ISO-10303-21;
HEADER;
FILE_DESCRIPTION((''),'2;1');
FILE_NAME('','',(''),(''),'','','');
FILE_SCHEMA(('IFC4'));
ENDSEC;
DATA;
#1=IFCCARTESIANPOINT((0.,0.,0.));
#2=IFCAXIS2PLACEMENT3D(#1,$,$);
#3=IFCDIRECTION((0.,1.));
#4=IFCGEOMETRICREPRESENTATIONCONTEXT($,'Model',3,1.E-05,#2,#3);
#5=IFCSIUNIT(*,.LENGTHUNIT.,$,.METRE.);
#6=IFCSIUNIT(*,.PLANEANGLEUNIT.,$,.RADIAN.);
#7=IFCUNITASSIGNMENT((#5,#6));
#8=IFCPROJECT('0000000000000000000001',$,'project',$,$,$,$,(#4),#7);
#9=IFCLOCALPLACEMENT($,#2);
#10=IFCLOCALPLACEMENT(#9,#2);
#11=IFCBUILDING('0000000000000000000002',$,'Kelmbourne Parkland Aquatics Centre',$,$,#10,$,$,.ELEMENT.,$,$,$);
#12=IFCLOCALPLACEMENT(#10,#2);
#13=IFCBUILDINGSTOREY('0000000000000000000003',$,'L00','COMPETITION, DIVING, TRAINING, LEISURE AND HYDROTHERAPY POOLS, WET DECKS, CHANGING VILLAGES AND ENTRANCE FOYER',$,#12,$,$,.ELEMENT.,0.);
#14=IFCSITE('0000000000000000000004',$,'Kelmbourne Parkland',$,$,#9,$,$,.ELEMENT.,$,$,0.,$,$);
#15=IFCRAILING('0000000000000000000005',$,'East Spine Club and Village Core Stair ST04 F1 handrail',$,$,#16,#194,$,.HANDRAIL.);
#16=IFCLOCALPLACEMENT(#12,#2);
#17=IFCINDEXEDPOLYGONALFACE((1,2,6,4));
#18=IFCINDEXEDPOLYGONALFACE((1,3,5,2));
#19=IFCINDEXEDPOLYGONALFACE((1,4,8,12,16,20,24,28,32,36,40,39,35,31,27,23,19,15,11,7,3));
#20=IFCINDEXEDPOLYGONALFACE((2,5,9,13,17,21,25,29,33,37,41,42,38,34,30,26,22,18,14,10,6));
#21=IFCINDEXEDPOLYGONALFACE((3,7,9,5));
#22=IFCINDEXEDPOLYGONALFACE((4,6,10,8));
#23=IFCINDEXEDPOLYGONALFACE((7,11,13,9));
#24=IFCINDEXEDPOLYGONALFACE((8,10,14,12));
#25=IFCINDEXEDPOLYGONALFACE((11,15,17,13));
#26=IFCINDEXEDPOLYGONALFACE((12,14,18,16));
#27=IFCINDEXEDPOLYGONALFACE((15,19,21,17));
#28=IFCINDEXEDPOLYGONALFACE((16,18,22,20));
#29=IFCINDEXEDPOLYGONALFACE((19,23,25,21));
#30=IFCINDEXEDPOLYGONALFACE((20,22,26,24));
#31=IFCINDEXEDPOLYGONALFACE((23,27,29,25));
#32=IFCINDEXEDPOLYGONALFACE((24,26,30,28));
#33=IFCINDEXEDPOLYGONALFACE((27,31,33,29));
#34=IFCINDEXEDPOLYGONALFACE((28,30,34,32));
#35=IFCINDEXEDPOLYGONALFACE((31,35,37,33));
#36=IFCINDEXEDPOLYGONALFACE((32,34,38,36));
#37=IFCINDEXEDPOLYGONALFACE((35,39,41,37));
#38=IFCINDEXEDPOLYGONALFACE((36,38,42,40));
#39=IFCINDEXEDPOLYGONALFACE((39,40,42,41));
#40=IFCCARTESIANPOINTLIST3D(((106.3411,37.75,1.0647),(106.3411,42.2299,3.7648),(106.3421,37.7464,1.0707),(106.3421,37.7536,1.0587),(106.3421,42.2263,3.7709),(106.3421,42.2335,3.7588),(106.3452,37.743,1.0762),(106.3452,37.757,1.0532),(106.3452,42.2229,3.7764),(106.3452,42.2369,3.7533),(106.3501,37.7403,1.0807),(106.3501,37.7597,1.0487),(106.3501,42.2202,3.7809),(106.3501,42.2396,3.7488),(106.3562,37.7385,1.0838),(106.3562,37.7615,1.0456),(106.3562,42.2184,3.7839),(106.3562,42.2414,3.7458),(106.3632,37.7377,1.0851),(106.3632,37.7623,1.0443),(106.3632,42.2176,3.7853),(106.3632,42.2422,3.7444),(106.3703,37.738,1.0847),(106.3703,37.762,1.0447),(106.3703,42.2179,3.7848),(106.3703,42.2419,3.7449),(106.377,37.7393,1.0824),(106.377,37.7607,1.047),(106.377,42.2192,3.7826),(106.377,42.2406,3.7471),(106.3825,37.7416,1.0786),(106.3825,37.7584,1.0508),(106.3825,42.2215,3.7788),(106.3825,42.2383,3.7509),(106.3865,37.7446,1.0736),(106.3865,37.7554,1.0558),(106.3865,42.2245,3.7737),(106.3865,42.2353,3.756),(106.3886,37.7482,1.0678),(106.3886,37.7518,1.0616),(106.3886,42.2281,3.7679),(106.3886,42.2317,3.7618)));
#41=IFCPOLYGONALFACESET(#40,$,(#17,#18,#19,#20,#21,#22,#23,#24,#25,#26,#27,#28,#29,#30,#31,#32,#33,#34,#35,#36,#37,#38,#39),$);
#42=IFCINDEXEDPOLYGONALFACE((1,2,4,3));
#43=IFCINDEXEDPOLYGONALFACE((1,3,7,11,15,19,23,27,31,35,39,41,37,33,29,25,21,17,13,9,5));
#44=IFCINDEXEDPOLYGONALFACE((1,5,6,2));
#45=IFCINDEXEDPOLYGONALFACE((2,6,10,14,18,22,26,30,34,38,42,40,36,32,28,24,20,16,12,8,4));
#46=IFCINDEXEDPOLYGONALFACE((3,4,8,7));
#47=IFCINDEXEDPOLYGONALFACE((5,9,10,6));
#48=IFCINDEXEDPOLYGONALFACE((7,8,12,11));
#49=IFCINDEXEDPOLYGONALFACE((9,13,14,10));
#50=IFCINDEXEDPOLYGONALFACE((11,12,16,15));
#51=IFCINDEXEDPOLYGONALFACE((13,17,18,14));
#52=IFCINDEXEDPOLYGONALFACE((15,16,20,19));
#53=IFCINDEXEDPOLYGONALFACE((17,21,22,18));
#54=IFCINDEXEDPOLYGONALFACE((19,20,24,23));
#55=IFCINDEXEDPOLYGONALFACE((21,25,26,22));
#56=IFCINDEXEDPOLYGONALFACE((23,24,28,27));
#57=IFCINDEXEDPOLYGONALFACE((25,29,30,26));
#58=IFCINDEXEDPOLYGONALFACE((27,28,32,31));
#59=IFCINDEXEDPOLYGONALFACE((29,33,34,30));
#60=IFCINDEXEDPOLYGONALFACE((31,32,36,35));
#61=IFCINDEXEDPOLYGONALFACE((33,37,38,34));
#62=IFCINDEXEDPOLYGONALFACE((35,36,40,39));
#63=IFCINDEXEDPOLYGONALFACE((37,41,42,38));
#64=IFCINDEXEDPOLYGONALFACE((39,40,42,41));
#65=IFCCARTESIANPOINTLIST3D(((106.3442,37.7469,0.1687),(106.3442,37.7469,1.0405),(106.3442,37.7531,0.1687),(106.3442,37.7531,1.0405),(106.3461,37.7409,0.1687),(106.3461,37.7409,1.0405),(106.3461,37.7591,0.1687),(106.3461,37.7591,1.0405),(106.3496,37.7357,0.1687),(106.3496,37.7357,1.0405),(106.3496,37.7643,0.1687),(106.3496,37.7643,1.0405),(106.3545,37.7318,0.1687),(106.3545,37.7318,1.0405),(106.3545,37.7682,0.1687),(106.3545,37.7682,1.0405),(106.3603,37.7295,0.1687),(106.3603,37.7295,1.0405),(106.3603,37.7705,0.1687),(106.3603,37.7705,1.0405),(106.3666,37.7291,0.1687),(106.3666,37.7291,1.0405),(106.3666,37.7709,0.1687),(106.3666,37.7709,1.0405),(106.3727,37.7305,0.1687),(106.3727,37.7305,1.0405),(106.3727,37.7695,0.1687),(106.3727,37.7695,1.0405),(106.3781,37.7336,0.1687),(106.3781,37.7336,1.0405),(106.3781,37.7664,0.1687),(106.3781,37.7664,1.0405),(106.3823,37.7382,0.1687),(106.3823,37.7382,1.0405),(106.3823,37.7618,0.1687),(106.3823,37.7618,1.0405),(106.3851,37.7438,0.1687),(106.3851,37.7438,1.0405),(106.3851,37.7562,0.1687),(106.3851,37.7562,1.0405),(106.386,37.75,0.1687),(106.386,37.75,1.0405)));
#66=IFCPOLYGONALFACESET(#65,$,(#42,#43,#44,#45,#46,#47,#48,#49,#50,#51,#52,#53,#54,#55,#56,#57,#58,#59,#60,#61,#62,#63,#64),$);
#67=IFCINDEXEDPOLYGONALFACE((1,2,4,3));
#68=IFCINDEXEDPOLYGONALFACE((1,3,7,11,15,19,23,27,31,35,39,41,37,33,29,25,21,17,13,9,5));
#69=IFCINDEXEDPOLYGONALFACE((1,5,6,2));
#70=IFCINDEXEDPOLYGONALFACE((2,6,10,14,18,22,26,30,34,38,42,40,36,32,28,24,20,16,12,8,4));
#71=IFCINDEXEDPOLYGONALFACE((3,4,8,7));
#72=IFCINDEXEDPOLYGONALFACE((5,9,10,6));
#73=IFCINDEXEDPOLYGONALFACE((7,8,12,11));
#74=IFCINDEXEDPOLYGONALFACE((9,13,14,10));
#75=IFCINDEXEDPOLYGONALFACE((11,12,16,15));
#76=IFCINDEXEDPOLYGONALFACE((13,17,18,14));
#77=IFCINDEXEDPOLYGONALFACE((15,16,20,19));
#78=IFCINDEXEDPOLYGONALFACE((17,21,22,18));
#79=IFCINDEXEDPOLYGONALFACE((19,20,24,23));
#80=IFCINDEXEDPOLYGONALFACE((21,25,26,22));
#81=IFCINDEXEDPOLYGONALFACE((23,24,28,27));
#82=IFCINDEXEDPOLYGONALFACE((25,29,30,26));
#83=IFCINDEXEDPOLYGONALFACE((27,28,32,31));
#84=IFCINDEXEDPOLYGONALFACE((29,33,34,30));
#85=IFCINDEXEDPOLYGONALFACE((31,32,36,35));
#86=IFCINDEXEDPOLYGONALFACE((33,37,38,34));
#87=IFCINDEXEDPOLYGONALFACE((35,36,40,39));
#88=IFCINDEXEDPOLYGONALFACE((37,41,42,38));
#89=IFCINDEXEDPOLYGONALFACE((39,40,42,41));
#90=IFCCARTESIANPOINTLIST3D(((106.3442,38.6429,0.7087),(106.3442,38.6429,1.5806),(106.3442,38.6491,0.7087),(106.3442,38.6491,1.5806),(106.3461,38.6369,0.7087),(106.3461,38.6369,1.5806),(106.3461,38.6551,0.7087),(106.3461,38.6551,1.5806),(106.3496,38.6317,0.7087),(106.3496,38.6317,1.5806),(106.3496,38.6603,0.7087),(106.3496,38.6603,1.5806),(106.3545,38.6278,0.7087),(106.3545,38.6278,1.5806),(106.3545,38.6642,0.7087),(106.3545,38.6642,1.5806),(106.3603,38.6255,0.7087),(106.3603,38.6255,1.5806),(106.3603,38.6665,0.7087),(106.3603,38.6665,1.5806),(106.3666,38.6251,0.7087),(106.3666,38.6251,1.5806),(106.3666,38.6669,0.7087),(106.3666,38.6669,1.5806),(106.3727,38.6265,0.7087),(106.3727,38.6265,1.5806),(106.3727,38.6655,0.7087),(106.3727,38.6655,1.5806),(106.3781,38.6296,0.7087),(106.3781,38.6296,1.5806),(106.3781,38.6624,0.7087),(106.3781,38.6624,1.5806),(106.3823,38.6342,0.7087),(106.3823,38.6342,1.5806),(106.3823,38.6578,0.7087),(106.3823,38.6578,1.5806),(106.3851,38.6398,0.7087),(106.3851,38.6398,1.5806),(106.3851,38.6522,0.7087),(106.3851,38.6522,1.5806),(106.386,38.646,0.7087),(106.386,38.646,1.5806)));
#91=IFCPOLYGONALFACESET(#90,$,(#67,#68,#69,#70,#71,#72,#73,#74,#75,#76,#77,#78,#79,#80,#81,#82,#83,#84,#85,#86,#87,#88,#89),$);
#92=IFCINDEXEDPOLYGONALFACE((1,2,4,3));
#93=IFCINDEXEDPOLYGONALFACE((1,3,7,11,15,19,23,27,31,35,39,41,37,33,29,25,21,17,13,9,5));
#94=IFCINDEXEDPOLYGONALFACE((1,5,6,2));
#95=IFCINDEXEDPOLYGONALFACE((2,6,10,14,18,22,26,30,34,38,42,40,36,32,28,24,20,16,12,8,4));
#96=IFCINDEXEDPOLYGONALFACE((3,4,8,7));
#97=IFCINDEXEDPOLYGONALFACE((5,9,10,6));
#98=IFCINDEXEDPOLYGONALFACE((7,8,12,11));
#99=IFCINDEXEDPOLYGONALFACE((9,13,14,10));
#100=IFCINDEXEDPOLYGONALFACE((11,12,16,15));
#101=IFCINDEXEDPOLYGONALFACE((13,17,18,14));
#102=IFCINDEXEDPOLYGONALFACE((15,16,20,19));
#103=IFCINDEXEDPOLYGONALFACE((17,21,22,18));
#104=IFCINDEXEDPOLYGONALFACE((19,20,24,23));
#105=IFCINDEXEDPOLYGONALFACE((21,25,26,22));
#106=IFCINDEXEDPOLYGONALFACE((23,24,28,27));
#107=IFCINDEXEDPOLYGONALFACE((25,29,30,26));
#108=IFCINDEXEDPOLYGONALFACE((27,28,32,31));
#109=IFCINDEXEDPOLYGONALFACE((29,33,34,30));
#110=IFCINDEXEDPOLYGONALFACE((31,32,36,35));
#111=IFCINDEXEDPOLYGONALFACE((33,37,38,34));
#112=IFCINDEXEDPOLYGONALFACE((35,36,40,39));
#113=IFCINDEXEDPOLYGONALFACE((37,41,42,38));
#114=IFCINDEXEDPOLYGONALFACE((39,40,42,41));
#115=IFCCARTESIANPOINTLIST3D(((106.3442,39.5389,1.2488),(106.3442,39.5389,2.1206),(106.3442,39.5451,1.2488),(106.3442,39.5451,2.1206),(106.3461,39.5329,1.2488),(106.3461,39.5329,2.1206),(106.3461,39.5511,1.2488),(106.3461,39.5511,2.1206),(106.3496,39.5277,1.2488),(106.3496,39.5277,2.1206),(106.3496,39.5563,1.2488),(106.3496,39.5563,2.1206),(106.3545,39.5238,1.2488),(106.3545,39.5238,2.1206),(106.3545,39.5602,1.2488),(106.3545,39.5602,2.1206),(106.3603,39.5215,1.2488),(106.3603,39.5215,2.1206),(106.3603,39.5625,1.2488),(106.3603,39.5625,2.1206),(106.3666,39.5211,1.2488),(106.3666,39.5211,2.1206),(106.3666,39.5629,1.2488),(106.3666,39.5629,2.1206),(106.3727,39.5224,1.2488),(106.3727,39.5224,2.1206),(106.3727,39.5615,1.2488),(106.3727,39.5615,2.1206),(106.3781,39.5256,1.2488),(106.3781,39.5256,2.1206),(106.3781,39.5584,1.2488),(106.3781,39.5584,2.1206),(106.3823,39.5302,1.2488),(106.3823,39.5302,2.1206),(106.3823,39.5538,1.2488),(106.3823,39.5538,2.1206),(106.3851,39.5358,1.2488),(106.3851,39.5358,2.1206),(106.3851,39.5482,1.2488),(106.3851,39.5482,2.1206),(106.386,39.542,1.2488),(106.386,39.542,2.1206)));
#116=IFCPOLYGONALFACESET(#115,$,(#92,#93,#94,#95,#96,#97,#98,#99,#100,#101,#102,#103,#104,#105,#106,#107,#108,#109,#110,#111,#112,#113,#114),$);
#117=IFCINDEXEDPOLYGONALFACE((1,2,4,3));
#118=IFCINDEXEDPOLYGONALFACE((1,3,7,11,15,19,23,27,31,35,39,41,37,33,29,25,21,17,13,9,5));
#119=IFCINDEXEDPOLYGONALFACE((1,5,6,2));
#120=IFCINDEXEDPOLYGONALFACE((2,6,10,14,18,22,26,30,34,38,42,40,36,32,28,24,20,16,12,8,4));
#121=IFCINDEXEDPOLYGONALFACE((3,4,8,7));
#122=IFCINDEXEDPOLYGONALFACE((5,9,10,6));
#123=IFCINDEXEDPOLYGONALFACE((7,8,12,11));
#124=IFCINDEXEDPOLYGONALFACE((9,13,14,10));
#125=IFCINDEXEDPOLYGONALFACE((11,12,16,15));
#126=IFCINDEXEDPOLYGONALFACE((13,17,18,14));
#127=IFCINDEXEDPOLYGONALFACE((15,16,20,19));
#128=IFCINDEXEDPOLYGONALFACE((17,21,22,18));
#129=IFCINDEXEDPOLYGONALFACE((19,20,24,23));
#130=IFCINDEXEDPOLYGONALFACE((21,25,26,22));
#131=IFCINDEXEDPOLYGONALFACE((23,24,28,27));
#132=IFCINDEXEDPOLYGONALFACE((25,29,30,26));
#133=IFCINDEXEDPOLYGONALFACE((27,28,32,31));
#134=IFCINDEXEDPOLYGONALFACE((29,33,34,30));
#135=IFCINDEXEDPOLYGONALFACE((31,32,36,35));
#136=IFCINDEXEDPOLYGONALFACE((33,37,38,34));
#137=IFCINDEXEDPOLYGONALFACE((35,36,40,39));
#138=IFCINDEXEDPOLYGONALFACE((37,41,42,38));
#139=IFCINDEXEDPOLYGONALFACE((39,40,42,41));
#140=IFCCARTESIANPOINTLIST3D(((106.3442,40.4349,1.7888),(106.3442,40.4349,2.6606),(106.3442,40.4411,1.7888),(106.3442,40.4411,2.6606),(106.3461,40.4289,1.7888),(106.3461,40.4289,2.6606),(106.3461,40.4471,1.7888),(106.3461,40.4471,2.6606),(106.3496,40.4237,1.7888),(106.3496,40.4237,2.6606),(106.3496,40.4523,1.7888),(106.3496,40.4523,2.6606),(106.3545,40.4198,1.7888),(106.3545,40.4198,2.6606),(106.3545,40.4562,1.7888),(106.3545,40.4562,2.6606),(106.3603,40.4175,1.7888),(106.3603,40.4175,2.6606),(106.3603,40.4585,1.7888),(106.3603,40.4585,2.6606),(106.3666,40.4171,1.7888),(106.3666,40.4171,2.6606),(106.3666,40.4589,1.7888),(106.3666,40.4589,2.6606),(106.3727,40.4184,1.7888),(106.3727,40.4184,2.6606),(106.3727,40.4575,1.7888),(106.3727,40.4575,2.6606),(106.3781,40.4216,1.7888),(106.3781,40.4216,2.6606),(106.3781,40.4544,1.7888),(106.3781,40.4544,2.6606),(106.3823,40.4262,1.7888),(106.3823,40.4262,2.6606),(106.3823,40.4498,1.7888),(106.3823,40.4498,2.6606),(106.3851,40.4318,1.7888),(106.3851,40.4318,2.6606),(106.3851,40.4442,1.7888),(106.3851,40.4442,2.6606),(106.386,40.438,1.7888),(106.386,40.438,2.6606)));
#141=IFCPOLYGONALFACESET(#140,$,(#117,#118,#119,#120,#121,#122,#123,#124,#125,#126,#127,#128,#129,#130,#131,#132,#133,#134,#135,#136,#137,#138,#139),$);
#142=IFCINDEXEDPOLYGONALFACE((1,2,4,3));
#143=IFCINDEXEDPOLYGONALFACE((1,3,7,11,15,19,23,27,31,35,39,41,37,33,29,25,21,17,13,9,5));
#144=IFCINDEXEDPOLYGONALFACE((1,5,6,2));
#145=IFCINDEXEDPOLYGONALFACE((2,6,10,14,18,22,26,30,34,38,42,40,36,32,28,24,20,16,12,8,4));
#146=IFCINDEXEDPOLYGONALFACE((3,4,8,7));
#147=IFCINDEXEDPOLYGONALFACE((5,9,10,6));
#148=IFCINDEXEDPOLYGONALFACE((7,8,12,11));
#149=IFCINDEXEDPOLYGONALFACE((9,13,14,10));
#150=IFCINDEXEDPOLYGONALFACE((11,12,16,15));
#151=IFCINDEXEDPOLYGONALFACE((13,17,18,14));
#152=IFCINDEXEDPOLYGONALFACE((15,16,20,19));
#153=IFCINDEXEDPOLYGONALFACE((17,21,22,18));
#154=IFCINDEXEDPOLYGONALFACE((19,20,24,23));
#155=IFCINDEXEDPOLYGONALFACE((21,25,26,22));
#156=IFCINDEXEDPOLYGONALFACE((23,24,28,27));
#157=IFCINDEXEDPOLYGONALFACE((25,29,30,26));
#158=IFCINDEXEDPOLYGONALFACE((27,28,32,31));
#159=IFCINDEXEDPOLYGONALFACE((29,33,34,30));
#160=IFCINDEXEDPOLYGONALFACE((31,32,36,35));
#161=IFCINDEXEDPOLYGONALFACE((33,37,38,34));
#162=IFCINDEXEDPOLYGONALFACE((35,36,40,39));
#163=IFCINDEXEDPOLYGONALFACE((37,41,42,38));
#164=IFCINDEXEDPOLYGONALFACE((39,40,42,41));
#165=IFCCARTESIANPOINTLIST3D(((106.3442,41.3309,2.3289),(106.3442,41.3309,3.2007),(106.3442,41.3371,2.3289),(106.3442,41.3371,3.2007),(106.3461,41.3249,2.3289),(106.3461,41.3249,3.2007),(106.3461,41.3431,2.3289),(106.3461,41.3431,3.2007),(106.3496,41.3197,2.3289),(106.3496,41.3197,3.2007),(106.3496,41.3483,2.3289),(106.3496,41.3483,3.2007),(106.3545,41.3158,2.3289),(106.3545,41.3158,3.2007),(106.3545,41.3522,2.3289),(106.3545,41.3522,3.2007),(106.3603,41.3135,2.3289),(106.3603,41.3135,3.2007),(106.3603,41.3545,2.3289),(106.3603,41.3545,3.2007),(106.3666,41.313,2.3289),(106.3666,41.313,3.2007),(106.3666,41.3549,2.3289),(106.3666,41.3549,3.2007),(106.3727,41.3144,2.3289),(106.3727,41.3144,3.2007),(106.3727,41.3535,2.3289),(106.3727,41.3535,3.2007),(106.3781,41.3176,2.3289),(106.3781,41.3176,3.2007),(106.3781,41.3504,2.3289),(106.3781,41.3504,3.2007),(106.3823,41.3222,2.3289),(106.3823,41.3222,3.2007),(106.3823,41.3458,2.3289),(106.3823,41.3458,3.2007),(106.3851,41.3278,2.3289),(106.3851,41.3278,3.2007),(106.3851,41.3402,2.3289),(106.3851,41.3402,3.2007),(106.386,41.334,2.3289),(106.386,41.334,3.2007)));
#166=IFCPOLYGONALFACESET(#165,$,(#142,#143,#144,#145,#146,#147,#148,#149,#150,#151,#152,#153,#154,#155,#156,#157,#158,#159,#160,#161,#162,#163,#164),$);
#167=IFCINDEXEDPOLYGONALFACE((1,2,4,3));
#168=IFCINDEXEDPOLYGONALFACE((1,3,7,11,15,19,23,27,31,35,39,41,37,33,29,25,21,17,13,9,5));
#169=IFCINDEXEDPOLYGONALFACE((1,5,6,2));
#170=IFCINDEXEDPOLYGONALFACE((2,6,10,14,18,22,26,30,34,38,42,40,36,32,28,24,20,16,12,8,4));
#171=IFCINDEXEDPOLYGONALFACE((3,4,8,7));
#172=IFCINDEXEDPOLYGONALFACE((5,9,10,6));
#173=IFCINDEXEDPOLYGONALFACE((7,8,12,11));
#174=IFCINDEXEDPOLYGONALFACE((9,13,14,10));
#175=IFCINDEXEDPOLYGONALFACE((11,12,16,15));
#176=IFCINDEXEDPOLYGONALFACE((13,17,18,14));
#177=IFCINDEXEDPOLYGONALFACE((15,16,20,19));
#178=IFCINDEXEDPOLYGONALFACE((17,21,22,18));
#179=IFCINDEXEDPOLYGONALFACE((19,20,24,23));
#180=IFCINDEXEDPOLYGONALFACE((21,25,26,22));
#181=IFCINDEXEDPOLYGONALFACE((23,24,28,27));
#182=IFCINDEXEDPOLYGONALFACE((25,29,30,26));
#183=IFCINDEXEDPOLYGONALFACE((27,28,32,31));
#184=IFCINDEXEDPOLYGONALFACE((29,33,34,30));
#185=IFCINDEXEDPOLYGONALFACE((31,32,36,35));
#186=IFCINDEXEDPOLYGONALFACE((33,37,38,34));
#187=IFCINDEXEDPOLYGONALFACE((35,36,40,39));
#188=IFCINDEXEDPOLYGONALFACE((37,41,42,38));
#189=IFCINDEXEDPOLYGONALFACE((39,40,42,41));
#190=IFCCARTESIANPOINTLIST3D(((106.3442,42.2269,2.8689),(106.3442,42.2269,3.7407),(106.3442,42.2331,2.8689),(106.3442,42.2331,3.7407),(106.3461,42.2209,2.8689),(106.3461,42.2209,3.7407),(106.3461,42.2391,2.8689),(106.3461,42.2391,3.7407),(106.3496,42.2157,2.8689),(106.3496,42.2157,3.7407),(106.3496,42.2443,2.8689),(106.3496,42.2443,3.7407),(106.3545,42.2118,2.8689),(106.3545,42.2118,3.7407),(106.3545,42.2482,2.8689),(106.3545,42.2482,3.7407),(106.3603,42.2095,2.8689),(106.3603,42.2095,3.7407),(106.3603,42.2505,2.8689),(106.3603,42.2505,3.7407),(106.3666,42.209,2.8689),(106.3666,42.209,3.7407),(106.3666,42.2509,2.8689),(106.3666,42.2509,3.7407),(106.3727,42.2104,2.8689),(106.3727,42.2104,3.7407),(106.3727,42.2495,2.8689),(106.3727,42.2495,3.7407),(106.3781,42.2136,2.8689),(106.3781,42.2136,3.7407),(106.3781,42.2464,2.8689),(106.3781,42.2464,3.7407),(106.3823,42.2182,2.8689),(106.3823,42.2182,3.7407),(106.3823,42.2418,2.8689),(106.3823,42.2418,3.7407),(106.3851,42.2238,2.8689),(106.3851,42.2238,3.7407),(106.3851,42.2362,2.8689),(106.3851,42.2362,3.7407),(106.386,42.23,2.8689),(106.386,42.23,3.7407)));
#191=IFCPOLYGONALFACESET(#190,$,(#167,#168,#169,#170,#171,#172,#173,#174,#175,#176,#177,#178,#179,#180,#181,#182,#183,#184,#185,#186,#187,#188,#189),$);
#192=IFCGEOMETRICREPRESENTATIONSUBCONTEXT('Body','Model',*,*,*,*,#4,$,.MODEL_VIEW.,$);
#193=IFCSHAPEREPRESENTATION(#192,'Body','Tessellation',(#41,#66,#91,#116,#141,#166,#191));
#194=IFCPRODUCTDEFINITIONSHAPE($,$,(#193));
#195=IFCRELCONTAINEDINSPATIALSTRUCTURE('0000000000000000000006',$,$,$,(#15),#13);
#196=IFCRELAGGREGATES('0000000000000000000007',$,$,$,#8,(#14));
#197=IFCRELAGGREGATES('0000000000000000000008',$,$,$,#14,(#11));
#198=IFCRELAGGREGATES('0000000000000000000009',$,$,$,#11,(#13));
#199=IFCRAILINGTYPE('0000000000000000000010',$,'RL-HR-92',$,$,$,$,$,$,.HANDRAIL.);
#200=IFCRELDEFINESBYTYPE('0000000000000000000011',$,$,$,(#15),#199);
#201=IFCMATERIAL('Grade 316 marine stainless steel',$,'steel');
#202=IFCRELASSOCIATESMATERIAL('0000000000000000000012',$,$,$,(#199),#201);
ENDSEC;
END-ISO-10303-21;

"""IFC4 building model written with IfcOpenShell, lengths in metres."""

from ifc_helpers import new_model, si_unit, direction, frame, origin, origin_2d, place, context, subcontext, project, spatial, circle, extrude, material, type_object, element, save


model = new_model("IFC4")

# Units and contexts
model_context = context("Model", 3, precision=1e-05, world=origin(), true_north=direction((0.0, 1.0)))
body_context = subcontext(model_context, "Body", "Model", "MODEL_VIEW")
ifc_project = project(units=[si_unit("LENGTHUNIT", "METRE"), si_unit("PLANEANGLEUNIT", "RADIAN")], contexts=[model_context])

# Site, building, storey
site_placement = place(None, origin())
site = spatial("IfcSite", under=ifc_project, at=site_placement, Name="Kelmbourne Parkland", CompositionType="ELEMENT", RefElevation=0.0)
building_placement = place(site_placement, origin())
building = spatial("IfcBuilding", under=site, at=building_placement, Name="Kelmbourne Parkland Aquatics Centre", CompositionType="ELEMENT")
storey_placement = place(building_placement, origin())
storey = spatial("IfcBuildingStorey", under=building, at=storey_placement, Name="L00", Description="COMPETITION, DIVING, TRAINING, LEISURE AND HYDROTHERAPY POOLS, WET DECKS, CHANGING VILLAGES AND ENTRANCE FOYER", CompositionType="ELEMENT", Elevation=0.0)

# Railing
ifc_material_1 = material(Name="Grade 316 marine stainless steel", Category="steel")
railing_type_1 = type_object("IfcRailingType", Name="RL-HR-92", PredefinedType="HANDRAIL", material=ifc_material_1)
railing_1_placement = place(storey_placement, frame((106.365, 37.75, 0.1687)))
element("IfcRailing", 1, at=railing_1_placement, inside=storey, type_object=railing_type_1, Name="East Spine Club and Village Core Stair ST04 F1 handrail", PredefinedType="HANDRAIL", context=body_context, shape_type="SweptSolid", body=[
    extrude(circle(Radius=0.0239, at=origin_2d()), frame((0.0, 0.0, 0.896), z_axis=(0.0, 0.856462, 0.516211), x_axis=(-1.0, 0.0, 0.0)), (0.0, 0.0, 1.0), 5.2307),
    extrude(circle(Radius=0.021, at=origin_2d()), origin(), (0.0, 0.0, 1.0), 0.8718),
    extrude(circle(Radius=0.021, at=origin_2d()), frame((0.0, 0.896, 0.54)), (0.0, 0.0, 1.0), 0.8718),
    extrude(circle(Radius=0.021, at=origin_2d()), frame((0.0, 1.792, 1.0801)), (0.0, 0.0, 1.0), 0.8718),
    extrude(circle(Radius=0.021, at=origin_2d()), frame((0.0, 2.688, 1.6201)), (0.0, 0.0, 1.0), 0.8718),
    extrude(circle(Radius=0.021, at=origin_2d()), frame((0.0, 3.584, 2.1602)), (0.0, 0.0, 1.0), 0.8718),
    extrude(circle(Radius=0.021, at=origin_2d()), frame((0.0, 4.48, 2.7002)), (0.0, 0.0, 1.0), 0.8718),
])

save(model, "model.ifc")
